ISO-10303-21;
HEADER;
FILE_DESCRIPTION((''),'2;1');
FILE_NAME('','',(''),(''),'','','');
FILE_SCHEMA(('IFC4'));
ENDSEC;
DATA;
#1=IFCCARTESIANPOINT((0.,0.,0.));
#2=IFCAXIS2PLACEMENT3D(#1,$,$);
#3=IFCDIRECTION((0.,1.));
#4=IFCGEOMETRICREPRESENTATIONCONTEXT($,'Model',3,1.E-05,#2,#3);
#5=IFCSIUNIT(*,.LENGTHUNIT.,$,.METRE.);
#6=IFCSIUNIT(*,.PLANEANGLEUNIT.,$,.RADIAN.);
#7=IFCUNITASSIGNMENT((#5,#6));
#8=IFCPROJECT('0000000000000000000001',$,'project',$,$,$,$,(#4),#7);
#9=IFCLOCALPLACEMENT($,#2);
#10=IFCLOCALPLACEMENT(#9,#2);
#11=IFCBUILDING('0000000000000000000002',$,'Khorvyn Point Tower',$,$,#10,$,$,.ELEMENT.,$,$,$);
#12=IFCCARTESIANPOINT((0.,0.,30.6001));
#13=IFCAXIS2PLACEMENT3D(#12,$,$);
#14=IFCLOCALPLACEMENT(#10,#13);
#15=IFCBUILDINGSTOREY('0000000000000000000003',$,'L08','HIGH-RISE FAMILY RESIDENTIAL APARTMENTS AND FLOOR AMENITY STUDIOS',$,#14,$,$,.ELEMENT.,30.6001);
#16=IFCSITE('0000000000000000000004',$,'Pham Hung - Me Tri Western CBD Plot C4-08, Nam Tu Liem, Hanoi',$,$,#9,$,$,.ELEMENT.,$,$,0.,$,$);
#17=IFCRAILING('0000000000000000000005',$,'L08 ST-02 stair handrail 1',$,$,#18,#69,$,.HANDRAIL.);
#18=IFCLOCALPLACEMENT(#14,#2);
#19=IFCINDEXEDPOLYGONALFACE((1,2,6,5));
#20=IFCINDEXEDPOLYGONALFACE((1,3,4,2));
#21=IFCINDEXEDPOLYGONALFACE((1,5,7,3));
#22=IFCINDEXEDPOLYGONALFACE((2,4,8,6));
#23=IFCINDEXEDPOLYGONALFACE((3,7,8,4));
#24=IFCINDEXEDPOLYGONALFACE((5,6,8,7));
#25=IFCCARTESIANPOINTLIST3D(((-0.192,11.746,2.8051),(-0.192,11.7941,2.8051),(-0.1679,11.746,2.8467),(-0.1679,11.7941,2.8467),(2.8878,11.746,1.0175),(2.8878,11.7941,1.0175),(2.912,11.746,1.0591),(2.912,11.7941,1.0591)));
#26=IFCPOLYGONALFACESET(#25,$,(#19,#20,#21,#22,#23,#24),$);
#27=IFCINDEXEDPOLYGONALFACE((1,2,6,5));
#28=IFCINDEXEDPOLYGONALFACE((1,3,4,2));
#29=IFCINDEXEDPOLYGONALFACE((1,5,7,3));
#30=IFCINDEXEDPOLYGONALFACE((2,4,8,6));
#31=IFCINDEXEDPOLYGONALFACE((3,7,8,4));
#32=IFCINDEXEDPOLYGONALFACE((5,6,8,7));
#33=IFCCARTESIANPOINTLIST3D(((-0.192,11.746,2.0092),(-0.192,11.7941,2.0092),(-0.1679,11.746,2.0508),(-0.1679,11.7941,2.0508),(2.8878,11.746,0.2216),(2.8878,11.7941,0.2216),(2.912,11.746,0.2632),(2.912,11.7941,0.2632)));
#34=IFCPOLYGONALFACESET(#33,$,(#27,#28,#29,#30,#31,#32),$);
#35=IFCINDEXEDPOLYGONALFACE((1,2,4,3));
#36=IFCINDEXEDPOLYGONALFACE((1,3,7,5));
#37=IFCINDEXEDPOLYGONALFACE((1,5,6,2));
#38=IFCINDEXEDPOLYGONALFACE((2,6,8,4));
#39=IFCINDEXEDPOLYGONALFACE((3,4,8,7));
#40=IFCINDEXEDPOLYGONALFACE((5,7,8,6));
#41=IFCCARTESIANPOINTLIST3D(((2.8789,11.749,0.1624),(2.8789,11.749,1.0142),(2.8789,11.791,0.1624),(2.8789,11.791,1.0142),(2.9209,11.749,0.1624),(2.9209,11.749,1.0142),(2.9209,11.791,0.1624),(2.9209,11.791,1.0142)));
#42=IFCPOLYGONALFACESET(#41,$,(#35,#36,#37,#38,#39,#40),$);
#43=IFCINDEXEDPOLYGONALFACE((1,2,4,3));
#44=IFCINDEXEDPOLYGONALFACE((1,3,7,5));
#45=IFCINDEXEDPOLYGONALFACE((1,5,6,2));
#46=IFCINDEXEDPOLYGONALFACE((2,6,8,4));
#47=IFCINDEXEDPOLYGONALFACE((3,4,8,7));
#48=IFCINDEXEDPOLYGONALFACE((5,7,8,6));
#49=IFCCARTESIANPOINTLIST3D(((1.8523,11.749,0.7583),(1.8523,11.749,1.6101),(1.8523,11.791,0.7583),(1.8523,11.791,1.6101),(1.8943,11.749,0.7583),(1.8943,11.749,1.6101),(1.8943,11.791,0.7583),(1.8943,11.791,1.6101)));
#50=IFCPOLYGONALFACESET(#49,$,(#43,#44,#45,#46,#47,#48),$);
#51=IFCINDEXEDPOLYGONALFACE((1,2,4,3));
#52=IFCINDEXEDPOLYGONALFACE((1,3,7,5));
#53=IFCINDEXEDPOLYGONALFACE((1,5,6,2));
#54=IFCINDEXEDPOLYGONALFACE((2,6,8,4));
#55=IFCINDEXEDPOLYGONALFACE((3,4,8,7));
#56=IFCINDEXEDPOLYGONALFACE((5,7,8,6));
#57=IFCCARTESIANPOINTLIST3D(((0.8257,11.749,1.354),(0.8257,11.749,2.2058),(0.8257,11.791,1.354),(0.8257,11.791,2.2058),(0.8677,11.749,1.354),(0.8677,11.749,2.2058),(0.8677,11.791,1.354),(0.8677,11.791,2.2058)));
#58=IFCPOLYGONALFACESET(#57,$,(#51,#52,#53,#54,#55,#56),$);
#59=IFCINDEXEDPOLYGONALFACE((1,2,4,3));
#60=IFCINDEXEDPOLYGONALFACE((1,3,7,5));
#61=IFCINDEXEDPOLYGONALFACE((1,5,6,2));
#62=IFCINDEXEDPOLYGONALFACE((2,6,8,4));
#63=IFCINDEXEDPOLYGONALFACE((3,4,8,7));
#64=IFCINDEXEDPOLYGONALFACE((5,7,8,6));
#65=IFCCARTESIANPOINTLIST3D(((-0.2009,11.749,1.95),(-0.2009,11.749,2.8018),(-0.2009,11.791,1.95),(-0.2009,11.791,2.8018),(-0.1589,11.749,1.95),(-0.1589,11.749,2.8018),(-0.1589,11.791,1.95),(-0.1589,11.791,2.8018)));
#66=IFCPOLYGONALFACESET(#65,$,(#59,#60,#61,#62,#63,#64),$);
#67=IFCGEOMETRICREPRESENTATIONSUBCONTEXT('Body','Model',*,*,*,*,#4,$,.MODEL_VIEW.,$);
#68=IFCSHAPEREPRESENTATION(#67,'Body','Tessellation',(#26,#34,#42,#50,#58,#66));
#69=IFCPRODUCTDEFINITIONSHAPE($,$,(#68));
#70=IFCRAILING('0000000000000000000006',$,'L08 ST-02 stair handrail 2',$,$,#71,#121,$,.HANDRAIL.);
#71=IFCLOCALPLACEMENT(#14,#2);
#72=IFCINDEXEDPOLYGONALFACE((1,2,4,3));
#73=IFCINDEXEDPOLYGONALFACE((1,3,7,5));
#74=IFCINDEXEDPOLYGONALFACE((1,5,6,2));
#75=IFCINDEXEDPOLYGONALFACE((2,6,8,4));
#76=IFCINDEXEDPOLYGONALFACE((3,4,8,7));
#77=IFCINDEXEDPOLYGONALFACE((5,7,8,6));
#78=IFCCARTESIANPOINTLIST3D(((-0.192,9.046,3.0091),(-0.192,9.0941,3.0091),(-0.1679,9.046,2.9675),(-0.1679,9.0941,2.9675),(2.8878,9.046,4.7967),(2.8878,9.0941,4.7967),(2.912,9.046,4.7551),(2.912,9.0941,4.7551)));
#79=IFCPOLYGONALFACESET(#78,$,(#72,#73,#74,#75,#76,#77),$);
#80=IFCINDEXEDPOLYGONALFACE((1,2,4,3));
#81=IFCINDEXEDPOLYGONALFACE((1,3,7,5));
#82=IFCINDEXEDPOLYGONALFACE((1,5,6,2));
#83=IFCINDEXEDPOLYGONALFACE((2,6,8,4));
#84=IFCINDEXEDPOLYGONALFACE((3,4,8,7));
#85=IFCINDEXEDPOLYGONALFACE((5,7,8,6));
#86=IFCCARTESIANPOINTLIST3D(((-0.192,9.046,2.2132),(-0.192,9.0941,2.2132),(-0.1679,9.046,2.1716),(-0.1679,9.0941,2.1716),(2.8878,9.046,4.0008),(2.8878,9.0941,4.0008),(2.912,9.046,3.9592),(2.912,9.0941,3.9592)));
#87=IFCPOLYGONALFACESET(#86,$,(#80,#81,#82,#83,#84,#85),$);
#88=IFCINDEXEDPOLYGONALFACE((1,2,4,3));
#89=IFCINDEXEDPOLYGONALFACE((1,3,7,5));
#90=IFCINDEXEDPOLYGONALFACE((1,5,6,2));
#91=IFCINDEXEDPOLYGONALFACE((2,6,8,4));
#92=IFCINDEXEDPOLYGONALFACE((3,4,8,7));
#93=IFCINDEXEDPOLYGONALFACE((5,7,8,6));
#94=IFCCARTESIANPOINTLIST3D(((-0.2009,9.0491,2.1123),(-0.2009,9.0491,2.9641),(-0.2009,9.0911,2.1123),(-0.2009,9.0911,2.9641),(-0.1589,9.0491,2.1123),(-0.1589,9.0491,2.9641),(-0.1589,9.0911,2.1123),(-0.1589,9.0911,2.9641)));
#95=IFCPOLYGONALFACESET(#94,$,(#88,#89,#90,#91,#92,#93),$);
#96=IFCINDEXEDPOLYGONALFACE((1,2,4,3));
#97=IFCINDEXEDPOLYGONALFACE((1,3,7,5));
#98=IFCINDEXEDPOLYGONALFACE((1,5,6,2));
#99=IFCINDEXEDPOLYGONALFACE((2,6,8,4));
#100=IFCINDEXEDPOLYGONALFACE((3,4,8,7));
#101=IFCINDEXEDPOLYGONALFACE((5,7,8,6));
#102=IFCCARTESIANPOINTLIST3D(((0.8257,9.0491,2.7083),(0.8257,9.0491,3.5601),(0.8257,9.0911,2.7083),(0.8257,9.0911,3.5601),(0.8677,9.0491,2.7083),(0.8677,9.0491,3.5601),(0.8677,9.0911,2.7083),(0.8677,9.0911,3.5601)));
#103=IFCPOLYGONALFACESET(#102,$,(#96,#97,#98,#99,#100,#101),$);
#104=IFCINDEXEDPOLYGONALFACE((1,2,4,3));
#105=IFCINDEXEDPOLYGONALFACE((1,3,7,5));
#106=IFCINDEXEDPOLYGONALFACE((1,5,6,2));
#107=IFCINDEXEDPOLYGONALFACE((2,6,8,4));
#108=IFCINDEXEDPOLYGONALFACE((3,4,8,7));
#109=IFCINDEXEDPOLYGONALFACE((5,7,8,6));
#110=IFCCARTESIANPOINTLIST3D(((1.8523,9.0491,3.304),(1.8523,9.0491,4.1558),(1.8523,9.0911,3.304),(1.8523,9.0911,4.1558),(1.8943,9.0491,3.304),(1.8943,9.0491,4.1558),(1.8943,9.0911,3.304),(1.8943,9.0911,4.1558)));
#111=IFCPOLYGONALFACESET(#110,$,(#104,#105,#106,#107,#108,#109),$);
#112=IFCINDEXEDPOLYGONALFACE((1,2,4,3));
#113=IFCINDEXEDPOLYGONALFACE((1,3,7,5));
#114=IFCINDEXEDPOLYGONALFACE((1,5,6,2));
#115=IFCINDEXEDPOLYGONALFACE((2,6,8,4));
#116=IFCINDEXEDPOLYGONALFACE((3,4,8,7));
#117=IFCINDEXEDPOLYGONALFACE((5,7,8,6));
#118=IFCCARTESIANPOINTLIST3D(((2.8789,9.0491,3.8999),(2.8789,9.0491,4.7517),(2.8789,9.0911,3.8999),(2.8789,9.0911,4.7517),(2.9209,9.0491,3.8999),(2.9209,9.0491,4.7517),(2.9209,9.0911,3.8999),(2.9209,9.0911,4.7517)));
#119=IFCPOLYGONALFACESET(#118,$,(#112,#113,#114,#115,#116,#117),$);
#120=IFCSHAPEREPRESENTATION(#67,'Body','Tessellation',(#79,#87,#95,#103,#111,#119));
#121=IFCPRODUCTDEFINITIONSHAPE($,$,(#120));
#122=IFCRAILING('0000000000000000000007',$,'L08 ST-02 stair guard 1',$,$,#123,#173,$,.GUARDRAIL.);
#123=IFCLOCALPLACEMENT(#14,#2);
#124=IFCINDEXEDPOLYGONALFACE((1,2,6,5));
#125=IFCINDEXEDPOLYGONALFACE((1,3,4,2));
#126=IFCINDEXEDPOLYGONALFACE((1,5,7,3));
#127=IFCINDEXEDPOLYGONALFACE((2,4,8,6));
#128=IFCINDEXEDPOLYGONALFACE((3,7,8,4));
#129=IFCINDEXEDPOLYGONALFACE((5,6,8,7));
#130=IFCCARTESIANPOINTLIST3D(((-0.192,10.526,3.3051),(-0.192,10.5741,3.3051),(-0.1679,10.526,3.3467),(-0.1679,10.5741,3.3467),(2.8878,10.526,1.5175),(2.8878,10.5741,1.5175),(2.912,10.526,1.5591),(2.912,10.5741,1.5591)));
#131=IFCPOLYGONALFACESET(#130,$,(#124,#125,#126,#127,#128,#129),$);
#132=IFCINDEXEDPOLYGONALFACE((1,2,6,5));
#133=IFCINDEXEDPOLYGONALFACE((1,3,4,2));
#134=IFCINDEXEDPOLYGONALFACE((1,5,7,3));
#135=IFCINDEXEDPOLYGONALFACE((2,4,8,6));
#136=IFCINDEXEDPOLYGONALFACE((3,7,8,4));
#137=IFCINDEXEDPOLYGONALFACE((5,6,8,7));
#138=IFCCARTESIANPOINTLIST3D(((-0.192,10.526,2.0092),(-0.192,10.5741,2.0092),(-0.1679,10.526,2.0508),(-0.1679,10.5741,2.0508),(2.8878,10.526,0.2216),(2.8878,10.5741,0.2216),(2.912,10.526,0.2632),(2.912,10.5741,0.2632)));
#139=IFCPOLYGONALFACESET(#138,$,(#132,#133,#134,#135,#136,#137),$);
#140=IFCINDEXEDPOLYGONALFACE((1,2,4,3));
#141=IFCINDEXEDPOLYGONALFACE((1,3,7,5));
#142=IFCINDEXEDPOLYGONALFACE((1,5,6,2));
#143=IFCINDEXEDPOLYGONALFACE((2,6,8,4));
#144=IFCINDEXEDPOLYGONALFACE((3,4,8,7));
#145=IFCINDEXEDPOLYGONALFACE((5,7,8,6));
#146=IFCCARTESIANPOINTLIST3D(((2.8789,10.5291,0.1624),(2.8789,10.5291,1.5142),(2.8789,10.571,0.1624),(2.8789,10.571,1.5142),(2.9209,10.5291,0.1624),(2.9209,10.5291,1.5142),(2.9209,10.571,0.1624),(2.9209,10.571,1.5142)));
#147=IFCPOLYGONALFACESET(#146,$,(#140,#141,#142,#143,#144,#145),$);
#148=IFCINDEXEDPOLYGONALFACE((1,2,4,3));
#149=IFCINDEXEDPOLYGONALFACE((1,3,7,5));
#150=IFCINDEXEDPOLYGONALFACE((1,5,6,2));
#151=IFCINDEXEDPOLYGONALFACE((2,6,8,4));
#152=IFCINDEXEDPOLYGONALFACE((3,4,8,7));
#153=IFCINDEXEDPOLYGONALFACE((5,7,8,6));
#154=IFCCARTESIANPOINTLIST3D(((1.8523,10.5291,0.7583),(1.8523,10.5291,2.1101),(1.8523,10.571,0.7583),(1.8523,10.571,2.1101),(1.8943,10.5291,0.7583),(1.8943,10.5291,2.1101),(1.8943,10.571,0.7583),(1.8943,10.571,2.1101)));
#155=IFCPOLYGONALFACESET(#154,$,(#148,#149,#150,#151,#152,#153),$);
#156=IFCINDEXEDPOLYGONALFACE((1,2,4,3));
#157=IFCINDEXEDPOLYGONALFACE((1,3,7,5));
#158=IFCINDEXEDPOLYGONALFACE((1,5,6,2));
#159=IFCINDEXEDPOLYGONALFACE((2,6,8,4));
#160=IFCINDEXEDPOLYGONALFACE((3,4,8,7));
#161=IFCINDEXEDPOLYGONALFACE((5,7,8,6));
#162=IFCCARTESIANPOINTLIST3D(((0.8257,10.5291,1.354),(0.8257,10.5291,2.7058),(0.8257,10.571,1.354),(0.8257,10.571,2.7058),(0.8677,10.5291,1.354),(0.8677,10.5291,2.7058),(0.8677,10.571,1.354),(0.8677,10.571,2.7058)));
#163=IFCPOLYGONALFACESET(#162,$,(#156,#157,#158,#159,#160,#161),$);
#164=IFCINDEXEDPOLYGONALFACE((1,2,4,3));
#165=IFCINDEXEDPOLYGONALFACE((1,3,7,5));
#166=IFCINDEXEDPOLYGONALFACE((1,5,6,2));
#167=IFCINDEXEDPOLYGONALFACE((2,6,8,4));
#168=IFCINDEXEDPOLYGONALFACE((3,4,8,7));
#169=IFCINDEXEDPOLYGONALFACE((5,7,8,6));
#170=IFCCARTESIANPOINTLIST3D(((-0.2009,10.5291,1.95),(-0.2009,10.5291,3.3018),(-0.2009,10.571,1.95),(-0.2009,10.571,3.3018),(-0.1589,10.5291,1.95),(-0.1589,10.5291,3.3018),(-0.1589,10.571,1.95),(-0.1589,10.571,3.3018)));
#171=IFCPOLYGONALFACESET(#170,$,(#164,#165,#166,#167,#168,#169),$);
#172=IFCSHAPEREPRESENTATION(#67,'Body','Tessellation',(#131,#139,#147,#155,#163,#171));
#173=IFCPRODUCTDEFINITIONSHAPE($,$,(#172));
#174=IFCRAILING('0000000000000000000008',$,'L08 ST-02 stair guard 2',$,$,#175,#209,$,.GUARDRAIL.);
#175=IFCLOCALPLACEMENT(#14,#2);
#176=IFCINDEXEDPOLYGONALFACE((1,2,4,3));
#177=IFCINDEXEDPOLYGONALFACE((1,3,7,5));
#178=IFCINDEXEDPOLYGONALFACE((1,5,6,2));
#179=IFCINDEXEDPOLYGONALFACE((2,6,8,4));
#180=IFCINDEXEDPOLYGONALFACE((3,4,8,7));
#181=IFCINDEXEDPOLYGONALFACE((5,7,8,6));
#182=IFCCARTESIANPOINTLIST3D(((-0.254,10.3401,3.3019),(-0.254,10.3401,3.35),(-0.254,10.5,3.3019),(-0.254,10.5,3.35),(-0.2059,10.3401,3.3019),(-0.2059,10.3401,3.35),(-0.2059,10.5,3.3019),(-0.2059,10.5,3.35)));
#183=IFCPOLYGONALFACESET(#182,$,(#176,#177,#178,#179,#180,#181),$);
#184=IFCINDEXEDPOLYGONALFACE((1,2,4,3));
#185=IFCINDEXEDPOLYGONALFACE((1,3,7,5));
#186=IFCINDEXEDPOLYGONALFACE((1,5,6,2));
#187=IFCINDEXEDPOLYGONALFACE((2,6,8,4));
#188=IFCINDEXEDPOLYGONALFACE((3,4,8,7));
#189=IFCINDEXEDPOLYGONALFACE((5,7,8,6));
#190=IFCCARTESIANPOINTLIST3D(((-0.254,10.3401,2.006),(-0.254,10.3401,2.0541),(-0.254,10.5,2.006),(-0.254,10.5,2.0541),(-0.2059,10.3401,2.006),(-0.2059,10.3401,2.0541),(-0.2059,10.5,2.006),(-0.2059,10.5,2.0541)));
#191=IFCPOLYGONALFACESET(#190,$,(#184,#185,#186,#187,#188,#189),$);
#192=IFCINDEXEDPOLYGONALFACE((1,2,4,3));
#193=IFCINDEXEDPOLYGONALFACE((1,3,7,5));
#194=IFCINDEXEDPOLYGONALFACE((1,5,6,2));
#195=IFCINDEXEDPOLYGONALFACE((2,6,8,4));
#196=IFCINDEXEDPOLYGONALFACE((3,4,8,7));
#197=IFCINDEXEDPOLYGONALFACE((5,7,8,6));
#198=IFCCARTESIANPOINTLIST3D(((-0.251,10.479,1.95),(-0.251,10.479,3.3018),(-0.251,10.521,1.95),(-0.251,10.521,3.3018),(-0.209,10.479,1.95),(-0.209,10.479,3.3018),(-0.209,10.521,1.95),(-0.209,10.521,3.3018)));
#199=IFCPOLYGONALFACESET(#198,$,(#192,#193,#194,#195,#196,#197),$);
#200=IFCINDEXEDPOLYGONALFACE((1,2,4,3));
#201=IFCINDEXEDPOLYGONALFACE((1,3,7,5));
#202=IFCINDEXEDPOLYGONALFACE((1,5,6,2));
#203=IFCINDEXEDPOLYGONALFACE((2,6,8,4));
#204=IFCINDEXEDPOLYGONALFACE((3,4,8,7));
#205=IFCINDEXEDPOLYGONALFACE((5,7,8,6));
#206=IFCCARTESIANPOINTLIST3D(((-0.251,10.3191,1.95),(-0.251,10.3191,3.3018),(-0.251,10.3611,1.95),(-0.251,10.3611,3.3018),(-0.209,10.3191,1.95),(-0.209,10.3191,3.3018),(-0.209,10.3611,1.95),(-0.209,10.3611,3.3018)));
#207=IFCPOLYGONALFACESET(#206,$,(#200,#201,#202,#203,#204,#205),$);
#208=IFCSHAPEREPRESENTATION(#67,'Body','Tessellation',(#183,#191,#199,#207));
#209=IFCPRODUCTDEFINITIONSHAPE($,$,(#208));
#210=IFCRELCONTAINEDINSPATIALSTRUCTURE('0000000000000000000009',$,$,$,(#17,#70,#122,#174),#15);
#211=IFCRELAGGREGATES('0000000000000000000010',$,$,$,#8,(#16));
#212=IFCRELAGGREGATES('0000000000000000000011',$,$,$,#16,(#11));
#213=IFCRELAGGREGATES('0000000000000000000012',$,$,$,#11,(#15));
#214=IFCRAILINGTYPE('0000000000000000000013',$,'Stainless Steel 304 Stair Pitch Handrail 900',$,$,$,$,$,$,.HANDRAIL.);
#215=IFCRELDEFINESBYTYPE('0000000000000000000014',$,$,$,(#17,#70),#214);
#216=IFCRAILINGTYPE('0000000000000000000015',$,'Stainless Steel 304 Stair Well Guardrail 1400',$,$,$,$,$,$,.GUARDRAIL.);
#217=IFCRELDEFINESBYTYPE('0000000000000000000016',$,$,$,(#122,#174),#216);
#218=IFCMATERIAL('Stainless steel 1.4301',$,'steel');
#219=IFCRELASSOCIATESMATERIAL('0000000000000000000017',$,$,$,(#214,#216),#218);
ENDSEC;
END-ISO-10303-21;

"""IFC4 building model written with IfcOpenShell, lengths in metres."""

from ifc_helpers import new_model, si_unit, direction, frame, origin, origin_2d, place, context, subcontext, project, spatial, rectangle, extrude, material, type_object, element, save


model = new_model("IFC4")

# Units and contexts
model_context = context("Model", 3, precision=1e-05, world=origin(), true_north=direction((0.0, 1.0)))
body_context = subcontext(model_context, "Body", "Model", "MODEL_VIEW")
ifc_project = project(units=[si_unit("LENGTHUNIT", "METRE"), si_unit("PLANEANGLEUNIT", "RADIAN")], contexts=[model_context])

# Site, building, storey
site_placement = place(None, origin())
site = spatial("IfcSite", under=ifc_project, at=site_placement, Name="Pham Hung - Me Tri Western CBD Plot C4-08, Nam Tu Liem, Hanoi", CompositionType="ELEMENT", RefElevation=0.0)
building_placement = place(site_placement, origin())
building = spatial("IfcBuilding", under=site, at=building_placement, Name="Khorvyn Point Tower", CompositionType="ELEMENT")
storey_placement = place(building_placement, frame((0.0, 0.0, 30.6001)))
storey = spatial("IfcBuildingStorey", under=building, at=storey_placement, Name="L08", Description="HIGH-RISE FAMILY RESIDENTIAL APARTMENTS AND FLOOR AMENITY STUDIOS", CompositionType="ELEMENT", Elevation=30.6001)

# Shared definitions
ifc_material_1 = material(Name="Stainless steel 1.4301", Category="steel")

# Railings
railing_type_1 = type_object("IfcRailingType", Name="Stainless Steel 304 Stair Pitch Handrail 900", PredefinedType="HANDRAIL", material=ifc_material_1)
railing_1_placement = place(storey_placement, frame((2.8999, 11.77, 0.1624)))
element("IfcRailing", 1, at=railing_1_placement, inside=storey, type_object=railing_type_1, Name="L08 ST-02 stair handrail 1", PredefinedType="HANDRAIL", context=body_context, shape_type="SweptSolid", body=[
    extrude(rectangle(XDim=0.0481, YDim=0.0481, at=origin_2d()), frame((0.0, 0.0, 0.876), z_axis=(-0.864873, 0.0, 0.50199), x_axis=(0.0, -1.0, 0.0)), (0.0, 0.0, 1.0), 3.561),
    extrude(rectangle(XDim=0.0481, YDim=0.0481, at=origin_2d()), frame((0.0, 0.0, 0.0801), z_axis=(-0.864873, 0.0, 0.50199), x_axis=(0.0, -1.0, 0.0)), (0.0, 0.0, 1.0), 3.561),
    extrude(rectangle(XDim=0.042, YDim=0.042, at=origin_2d()), origin(), (0.0, 0.0, 1.0), 0.8518),
    extrude(rectangle(XDim=0.042, YDim=0.042, at=origin_2d()), frame((-1.0266, 0.0, 0.5959)), (0.0, 0.0, 1.0), 0.8518),
    extrude(rectangle(XDim=0.042, YDim=0.042, at=origin_2d()), frame((-2.0532, 0.0, 1.1917)), (0.0, 0.0, 1.0), 0.8518),
    extrude(rectangle(XDim=0.042, YDim=0.042, at=origin_2d()), frame((-3.0798, 0.0, 1.7876)), (0.0, 0.0, 1.0), 0.8518),
])
railing_2_placement = place(storey_placement, frame((-0.1799, 9.0701, 2.1123)))
element("IfcRailing", 2, at=railing_2_placement, inside=storey, type_object=railing_type_1, Name="L08 ST-02 stair handrail 2", PredefinedType="HANDRAIL", context=body_context, shape_type="SweptSolid", body=[
    extrude(rectangle(XDim=0.0481, YDim=0.0481, at=origin_2d()), frame((0.0, 0.0, 0.876), z_axis=(0.864873, 0.0, 0.50199), x_axis=(0.0, 1.0, 0.0)), (0.0, 0.0, 1.0), 3.561),
    extrude(rectangle(XDim=0.0481, YDim=0.0481, at=origin_2d()), frame((0.0, 0.0, 0.0801), z_axis=(0.864873, 0.0, 0.50199), x_axis=(0.0, 1.0, 0.0)), (0.0, 0.0, 1.0), 3.561),
    extrude(rectangle(XDim=0.042, YDim=0.042, at=origin_2d()), origin(), (0.0, 0.0, 1.0), 0.8518),
    extrude(rectangle(XDim=0.042, YDim=0.042, at=origin_2d()), frame((1.0266, 0.0, 0.5959)), (0.0, 0.0, 1.0), 0.8518),
    extrude(rectangle(XDim=0.042, YDim=0.042, at=origin_2d()), frame((2.0532, 0.0, 1.1917)), (0.0, 0.0, 1.0), 0.8518),
    extrude(rectangle(XDim=0.042, YDim=0.042, at=origin_2d()), frame((3.0798, 0.0, 1.7876)), (0.0, 0.0, 1.0), 0.8518),
])
railing_type_2 = type_object("IfcRailingType", Name="Stainless Steel 304 Stair Well Guardrail 1400", PredefinedType="GUARDRAIL", material=ifc_material_1)
railing_3_placement = place(storey_placement, frame((2.8999, 10.55, 0.1624)))
element("IfcRailing", 3, at=railing_3_placement, inside=storey, type_object=railing_type_2, Name="L08 ST-02 stair guard 1", PredefinedType="GUARDRAIL", context=body_context, shape_type="SweptSolid", body=[
    extrude(rectangle(XDim=0.0481, YDim=0.0481, at=origin_2d()), frame((0.0, 0.0, 1.376), z_axis=(-0.864873, 0.0, 0.50199), x_axis=(0.0, -1.0, 0.0)), (0.0, 0.0, 1.0), 3.561),
    extrude(rectangle(XDim=0.0481, YDim=0.0481, at=origin_2d()), frame((0.0, 0.0, 0.0801), z_axis=(-0.864873, 0.0, 0.50199), x_axis=(0.0, -1.0, 0.0)), (0.0, 0.0, 1.0), 3.561),
    extrude(rectangle(XDim=0.042, YDim=0.042, at=origin_2d()), origin(), (0.0, 0.0, 1.0), 1.3518),
    extrude(rectangle(XDim=0.042, YDim=0.042, at=origin_2d()), frame((-1.0266, 0.0, 0.5959)), (0.0, 0.0, 1.0), 1.3518),
    extrude(rectangle(XDim=0.042, YDim=0.042, at=origin_2d()), frame((-2.0532, 0.0, 1.1917)), (0.0, 0.0, 1.0), 1.3518),
    extrude(rectangle(XDim=0.042, YDim=0.042, at=origin_2d()), frame((-3.0798, 0.0, 1.7876)), (0.0, 0.0, 1.0), 1.3518),
])
railing_4_placement = place(storey_placement, frame((-0.23, 10.5, 1.95)))
element("IfcRailing", 4, at=railing_4_placement, inside=storey, type_object=railing_type_2, Name="L08 ST-02 stair guard 2", PredefinedType="GUARDRAIL", context=body_context, shape_type="SweptSolid", body=[
    extrude(rectangle(XDim=0.0481, YDim=0.0481, at=origin_2d()), frame((0.0, 0.0, 1.376), z_axis=(0.0, -1.0, 0.0), x_axis=(1.0, 0.0, 0.0)), (0.0, 0.0, 1.0), 0.1599),
    extrude(rectangle(XDim=0.0481, YDim=0.0481, at=origin_2d()), frame((0.0, 0.0, 0.0801), z_axis=(0.0, -1.0, 0.0), x_axis=(1.0, 0.0, 0.0)), (0.0, 0.0, 1.0), 0.1599),
    extrude(rectangle(XDim=0.042, YDim=0.042, at=origin_2d()), origin(), (0.0, 0.0, 1.0), 1.3518),
    extrude(rectangle(XDim=0.042, YDim=0.042, at=origin_2d()), frame((0.0, -0.1599, 0.0)), (0.0, 0.0, 1.0), 1.3518),
])

save(model, "model.ifc")
